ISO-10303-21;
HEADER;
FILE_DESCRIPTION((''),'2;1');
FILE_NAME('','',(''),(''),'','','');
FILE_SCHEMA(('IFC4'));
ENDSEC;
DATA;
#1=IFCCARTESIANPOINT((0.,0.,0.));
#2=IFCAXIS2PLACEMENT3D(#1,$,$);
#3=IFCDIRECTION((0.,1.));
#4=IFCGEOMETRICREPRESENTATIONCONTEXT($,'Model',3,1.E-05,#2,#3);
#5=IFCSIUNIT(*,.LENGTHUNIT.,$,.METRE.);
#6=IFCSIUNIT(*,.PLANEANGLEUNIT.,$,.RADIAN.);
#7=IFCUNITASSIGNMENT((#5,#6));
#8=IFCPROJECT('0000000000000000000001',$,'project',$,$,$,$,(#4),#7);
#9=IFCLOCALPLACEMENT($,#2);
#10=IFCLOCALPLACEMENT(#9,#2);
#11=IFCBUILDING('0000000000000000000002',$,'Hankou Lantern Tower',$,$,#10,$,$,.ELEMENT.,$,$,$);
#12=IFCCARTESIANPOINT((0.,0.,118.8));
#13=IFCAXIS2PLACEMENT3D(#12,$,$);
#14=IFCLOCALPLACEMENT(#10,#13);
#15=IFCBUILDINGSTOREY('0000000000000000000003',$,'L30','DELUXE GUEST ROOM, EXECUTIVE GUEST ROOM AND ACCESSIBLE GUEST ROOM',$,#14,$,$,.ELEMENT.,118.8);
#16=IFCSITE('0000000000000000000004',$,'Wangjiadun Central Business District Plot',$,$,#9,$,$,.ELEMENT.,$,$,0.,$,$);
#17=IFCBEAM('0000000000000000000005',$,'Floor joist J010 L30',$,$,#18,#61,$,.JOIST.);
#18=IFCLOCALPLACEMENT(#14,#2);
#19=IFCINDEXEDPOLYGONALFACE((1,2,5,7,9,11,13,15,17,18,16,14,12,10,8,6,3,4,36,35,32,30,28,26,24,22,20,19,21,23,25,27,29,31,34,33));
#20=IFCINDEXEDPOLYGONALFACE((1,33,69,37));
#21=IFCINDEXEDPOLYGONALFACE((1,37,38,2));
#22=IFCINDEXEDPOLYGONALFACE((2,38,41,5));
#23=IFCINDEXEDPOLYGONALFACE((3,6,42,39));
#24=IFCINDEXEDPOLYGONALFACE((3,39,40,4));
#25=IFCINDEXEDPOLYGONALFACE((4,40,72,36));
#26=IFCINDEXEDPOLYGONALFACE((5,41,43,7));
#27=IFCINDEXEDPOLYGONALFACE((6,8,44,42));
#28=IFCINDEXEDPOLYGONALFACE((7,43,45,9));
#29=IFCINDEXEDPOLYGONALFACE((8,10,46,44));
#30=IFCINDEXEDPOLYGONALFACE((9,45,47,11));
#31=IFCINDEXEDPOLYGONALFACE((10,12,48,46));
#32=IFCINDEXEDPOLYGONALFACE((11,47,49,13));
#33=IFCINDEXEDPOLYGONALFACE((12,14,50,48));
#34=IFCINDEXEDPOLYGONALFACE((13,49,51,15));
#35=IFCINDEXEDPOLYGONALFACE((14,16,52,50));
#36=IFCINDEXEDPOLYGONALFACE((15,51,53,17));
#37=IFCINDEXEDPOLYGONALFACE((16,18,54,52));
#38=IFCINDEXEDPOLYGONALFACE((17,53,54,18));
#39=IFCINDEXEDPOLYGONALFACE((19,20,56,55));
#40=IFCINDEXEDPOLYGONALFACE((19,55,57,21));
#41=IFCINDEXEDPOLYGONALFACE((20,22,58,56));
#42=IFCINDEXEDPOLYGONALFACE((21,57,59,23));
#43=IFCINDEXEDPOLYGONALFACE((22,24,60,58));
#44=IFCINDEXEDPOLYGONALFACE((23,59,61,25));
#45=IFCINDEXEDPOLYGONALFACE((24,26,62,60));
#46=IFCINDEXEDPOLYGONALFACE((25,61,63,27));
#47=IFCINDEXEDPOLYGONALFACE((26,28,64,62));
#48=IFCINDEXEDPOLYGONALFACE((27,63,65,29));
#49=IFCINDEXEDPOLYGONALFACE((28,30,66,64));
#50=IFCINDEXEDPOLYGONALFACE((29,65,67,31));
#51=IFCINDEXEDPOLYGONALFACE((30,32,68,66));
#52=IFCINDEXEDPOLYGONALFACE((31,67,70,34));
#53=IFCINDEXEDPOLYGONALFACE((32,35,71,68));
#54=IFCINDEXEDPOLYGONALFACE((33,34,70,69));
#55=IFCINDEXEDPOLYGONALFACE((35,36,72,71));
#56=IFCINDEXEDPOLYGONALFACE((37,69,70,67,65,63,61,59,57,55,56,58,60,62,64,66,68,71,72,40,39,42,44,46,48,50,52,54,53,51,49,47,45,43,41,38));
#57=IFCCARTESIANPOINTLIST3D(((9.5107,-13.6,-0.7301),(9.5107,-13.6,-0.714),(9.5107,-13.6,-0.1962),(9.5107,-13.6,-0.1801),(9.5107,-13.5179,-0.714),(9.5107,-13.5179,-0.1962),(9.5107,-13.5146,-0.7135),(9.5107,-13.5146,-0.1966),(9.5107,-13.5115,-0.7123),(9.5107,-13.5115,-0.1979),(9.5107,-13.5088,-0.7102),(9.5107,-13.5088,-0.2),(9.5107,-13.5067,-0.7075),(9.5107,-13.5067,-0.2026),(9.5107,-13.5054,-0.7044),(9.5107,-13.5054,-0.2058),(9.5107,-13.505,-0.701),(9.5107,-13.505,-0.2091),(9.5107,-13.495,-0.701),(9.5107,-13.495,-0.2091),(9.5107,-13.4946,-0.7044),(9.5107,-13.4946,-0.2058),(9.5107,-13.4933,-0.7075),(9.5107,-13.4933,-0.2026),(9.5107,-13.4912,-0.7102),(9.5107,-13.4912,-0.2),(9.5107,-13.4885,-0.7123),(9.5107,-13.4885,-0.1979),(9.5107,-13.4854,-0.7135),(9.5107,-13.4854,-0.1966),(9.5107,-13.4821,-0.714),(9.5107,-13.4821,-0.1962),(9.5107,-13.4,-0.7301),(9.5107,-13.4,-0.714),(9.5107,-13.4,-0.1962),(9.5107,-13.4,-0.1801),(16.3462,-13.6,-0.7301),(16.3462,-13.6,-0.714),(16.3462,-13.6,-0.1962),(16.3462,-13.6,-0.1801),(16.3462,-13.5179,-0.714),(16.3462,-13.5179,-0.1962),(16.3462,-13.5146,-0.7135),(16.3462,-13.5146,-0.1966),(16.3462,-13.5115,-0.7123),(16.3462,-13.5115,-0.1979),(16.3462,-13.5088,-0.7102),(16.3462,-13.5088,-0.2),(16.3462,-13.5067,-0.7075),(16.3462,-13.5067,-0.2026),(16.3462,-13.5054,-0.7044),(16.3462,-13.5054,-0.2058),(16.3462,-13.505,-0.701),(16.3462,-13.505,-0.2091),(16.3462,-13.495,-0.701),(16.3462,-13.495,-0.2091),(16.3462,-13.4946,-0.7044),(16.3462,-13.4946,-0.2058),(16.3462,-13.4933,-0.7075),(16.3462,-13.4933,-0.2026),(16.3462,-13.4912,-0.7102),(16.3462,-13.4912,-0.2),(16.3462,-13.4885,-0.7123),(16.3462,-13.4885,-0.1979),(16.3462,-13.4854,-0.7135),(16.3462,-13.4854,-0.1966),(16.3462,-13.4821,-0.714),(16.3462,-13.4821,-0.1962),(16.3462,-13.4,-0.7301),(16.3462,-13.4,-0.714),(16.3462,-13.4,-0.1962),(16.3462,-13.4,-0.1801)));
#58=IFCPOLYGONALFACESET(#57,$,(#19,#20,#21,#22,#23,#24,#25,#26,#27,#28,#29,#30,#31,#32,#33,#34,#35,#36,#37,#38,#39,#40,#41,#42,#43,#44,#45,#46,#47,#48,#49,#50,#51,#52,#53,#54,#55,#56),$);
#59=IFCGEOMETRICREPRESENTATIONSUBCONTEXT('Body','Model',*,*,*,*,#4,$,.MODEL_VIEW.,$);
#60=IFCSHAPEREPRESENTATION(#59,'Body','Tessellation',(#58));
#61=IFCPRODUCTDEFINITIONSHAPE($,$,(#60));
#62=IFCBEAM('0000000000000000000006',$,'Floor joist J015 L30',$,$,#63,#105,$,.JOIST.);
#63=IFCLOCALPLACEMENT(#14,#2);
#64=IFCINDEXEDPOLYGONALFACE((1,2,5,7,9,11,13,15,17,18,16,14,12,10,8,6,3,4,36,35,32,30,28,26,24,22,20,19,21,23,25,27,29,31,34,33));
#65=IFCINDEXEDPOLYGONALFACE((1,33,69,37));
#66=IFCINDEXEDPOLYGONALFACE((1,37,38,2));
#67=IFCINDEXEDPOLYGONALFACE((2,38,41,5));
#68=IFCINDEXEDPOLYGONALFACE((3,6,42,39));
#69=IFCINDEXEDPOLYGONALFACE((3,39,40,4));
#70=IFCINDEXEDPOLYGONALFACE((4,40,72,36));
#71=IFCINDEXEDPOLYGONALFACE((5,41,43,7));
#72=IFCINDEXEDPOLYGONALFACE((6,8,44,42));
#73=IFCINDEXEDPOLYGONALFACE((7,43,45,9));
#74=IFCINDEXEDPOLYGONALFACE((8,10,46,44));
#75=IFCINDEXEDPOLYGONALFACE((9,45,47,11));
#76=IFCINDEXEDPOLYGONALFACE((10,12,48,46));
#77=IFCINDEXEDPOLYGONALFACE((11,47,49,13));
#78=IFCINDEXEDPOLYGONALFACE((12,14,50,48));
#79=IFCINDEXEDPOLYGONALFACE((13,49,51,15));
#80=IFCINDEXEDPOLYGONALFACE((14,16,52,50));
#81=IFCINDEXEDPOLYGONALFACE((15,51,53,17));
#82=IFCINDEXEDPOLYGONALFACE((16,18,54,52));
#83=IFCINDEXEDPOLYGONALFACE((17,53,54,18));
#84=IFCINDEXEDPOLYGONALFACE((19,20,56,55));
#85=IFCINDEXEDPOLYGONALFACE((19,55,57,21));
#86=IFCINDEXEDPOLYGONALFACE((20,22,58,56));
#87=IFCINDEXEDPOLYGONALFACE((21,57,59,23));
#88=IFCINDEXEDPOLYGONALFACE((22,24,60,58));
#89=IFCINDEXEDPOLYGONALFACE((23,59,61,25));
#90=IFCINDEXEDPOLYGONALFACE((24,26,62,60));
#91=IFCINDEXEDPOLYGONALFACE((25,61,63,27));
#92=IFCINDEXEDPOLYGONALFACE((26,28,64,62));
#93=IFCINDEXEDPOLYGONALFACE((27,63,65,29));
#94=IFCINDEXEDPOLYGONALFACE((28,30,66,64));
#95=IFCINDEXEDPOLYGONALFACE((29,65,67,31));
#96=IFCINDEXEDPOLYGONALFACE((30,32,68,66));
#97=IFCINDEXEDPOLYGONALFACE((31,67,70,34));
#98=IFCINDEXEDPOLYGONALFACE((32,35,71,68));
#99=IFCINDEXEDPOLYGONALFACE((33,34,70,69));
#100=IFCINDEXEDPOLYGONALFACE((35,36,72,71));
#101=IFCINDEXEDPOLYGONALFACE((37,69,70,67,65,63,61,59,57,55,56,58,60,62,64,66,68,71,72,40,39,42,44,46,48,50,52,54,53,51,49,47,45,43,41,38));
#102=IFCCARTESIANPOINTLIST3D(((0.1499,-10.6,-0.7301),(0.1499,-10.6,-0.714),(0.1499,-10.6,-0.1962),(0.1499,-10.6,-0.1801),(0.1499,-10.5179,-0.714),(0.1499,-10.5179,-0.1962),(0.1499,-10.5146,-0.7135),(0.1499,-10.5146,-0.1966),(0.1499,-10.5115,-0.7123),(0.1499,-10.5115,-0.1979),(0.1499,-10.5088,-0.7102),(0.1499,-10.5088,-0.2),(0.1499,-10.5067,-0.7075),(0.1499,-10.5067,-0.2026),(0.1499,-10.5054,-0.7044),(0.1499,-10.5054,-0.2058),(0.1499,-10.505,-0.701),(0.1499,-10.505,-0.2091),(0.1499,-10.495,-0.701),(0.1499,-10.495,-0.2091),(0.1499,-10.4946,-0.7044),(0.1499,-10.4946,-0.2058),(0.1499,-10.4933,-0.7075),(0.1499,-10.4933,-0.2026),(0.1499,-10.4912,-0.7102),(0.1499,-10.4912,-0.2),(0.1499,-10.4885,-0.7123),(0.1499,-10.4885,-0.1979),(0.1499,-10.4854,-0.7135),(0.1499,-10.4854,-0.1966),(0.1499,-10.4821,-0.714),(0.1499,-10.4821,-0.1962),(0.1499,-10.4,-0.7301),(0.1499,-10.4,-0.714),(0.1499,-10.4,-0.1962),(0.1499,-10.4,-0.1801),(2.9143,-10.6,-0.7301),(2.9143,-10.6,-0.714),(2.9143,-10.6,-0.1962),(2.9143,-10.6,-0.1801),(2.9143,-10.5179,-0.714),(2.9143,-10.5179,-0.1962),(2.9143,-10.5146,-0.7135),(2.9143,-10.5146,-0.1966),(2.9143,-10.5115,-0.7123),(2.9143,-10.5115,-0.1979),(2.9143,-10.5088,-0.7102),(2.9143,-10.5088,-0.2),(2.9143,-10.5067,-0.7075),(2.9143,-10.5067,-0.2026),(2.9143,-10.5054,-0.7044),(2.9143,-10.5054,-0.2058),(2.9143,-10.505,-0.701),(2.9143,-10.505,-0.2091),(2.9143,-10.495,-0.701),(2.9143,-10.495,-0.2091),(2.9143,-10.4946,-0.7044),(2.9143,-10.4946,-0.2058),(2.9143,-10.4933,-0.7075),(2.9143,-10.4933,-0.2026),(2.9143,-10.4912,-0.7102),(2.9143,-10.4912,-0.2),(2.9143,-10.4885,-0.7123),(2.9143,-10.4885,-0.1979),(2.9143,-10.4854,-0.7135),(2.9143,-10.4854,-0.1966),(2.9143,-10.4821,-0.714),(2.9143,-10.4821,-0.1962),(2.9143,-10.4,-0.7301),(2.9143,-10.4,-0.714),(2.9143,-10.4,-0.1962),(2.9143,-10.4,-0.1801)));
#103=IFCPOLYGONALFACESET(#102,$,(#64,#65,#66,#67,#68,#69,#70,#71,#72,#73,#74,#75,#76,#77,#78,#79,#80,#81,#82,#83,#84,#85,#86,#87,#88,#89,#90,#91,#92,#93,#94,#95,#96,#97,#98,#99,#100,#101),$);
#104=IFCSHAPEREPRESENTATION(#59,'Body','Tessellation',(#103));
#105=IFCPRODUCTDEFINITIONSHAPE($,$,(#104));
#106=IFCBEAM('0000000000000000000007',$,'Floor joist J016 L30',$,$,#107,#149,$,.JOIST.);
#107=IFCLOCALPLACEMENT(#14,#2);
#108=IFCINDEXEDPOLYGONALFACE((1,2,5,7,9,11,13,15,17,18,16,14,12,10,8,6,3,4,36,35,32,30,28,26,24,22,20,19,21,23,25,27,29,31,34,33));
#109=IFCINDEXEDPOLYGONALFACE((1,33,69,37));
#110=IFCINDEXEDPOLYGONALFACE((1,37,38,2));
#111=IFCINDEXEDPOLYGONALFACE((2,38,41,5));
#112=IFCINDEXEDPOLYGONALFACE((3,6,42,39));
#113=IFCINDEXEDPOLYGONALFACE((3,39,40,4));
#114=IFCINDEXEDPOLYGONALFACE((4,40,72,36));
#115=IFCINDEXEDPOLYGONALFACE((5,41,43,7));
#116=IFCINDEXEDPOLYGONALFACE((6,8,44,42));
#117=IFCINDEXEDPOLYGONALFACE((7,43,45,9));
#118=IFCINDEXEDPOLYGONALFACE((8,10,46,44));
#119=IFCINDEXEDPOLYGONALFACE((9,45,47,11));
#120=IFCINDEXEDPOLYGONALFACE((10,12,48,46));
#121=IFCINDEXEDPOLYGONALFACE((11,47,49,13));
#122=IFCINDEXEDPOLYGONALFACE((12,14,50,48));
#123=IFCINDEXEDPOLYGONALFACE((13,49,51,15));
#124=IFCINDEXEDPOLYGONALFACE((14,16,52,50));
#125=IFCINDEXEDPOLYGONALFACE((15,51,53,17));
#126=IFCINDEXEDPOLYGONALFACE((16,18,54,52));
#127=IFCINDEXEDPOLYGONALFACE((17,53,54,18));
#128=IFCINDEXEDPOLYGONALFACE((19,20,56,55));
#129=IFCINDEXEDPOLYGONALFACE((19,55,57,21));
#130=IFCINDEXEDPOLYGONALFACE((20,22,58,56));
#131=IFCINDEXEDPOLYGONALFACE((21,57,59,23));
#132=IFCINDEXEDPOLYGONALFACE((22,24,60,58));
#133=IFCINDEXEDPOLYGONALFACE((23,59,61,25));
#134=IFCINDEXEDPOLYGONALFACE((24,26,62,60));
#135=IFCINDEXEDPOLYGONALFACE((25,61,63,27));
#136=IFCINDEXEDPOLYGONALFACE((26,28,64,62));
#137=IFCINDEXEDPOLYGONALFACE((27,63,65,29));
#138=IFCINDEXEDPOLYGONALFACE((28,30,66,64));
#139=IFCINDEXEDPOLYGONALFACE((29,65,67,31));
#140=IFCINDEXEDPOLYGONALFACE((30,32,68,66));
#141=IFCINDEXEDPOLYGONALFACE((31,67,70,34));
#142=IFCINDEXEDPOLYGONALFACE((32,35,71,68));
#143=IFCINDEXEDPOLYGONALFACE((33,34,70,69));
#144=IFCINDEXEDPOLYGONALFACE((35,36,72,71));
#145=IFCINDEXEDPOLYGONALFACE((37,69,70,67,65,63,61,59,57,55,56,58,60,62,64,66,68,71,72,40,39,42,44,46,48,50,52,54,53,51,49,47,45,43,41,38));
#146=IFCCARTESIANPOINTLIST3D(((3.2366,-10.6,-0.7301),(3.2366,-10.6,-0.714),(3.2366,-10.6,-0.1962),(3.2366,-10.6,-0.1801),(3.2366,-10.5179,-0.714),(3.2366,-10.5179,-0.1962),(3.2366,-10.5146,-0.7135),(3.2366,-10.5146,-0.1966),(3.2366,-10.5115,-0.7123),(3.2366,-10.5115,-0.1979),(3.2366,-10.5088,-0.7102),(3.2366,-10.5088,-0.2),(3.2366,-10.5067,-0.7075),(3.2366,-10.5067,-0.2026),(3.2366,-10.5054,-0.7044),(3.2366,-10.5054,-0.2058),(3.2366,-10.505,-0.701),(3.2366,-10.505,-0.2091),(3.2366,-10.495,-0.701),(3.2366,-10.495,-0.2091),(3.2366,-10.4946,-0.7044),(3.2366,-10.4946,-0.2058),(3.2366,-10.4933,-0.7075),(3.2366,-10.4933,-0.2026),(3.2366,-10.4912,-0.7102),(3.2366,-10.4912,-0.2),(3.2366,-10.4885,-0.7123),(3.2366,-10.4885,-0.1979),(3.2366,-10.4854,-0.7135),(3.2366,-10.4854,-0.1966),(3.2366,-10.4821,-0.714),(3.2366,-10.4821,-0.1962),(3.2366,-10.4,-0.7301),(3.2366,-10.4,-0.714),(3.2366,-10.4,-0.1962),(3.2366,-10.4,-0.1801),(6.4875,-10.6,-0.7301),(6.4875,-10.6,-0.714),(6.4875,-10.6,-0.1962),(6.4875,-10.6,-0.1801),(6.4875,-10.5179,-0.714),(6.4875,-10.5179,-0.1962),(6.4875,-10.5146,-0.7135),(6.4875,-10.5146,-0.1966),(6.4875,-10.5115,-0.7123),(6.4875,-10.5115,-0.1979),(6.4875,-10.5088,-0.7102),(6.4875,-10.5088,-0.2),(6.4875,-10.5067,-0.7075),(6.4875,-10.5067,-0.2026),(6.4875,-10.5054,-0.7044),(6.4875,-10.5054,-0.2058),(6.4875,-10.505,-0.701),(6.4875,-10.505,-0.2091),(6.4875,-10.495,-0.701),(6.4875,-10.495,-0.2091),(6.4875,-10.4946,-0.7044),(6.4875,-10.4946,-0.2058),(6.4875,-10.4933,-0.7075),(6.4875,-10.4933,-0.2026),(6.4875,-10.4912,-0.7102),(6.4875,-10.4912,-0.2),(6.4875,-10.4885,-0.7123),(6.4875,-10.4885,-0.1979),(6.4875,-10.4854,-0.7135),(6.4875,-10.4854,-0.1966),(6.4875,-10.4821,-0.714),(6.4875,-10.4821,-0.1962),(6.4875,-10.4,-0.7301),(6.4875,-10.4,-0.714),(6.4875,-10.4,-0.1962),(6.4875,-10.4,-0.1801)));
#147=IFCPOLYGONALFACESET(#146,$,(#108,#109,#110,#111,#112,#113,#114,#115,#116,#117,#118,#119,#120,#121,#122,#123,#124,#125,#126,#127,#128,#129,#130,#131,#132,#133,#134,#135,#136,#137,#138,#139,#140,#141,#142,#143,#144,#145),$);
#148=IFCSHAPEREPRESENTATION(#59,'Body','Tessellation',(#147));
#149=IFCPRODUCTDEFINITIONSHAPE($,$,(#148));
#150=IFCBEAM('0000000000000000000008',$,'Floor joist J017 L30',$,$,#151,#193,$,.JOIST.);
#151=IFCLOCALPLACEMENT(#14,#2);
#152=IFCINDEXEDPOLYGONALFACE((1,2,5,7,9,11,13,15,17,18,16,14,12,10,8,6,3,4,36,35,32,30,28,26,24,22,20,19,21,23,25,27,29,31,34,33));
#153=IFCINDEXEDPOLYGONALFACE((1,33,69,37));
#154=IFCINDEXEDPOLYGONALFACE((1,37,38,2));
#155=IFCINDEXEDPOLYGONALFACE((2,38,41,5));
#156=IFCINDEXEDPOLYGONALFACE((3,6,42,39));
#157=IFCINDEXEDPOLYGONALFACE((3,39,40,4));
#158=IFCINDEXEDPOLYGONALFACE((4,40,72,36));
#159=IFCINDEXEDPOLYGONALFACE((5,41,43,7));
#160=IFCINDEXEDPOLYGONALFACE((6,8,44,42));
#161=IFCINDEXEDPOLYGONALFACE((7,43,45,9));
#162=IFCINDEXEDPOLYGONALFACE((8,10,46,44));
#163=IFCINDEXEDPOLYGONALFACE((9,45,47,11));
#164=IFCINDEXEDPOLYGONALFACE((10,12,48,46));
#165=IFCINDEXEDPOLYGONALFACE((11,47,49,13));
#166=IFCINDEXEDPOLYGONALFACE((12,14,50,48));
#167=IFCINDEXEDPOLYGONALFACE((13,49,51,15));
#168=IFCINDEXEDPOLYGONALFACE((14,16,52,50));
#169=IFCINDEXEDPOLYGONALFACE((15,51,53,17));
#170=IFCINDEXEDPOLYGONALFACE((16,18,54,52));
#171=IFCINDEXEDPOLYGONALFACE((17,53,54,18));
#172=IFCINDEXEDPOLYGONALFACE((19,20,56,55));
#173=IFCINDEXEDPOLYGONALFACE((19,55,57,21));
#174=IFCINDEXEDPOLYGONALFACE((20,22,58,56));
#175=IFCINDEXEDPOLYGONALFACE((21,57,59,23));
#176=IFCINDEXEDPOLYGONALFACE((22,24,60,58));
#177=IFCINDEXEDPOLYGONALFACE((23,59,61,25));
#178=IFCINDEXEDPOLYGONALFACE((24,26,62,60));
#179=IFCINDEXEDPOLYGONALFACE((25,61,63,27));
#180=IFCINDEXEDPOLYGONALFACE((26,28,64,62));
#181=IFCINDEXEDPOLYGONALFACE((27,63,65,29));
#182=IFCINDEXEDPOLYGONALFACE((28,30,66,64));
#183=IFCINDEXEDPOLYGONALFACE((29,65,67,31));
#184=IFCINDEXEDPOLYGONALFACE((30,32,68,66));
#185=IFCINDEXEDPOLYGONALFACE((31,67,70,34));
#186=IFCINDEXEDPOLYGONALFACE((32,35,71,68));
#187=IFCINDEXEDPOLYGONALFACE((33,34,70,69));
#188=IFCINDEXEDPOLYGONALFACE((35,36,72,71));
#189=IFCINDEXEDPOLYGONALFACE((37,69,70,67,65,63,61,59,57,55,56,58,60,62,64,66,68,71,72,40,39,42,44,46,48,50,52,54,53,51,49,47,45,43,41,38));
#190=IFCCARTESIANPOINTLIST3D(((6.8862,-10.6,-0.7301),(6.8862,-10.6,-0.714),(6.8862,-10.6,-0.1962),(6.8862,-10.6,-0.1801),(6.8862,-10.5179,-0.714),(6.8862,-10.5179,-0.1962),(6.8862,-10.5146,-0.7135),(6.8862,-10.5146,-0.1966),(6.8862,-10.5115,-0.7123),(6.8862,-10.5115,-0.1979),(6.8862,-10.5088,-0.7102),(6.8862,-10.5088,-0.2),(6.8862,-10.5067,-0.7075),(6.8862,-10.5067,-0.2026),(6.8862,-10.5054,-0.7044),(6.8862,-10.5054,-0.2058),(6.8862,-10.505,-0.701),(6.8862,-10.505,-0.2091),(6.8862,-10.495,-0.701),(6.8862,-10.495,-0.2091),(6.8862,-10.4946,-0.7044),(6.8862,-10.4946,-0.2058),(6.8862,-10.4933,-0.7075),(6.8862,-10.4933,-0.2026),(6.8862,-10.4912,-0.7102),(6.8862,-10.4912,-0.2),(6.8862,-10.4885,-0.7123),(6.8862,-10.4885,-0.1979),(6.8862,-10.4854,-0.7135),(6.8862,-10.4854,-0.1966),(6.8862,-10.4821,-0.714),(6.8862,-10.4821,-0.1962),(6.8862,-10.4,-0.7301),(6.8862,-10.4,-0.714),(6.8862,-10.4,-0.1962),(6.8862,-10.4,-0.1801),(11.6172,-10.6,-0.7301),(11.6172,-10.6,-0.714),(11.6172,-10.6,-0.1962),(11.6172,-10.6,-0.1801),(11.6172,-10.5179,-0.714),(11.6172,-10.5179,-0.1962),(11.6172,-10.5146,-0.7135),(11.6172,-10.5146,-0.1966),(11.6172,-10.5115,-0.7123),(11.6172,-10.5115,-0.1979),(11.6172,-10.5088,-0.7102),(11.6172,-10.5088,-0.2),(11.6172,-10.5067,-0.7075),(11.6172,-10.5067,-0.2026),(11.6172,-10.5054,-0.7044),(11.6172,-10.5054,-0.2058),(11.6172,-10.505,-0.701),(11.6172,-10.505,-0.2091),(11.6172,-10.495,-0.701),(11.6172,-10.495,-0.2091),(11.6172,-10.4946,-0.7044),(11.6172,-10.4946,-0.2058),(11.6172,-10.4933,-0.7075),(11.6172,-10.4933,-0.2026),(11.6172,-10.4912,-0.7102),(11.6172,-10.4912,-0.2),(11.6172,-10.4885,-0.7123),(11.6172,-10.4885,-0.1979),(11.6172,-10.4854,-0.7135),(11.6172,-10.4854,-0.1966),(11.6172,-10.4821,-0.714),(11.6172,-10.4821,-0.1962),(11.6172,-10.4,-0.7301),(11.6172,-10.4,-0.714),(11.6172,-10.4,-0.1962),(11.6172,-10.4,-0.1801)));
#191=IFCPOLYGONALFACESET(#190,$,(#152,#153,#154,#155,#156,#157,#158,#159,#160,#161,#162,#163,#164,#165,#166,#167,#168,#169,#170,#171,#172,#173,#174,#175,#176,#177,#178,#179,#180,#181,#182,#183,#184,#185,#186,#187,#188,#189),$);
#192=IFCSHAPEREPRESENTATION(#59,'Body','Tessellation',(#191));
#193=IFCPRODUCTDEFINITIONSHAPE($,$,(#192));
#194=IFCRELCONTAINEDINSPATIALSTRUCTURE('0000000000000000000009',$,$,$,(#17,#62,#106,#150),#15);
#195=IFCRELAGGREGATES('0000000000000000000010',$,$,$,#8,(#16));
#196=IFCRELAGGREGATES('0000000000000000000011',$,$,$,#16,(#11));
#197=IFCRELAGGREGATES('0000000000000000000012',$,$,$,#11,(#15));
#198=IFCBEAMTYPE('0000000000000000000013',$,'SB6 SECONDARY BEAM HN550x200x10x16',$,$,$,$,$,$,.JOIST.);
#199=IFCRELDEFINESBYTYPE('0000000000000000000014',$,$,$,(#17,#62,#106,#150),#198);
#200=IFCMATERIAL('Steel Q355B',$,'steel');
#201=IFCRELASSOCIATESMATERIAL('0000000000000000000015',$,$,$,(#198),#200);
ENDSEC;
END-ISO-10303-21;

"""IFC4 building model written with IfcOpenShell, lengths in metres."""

from ifc_helpers import new_model, si_unit, direction, frame, origin, origin_2d, place, context, subcontext, project, spatial, i_section, extrude, material, material_profile, profile_set, type_object, element, save


model = new_model("IFC4")

# Units and contexts
model_context = context("Model", 3, precision=1e-05, world=origin(), true_north=direction((0.0, 1.0)))
body_context = subcontext(model_context, "Body", "Model", "MODEL_VIEW")
ifc_project = project(units=[si_unit("LENGTHUNIT", "METRE"), si_unit("PLANEANGLEUNIT", "RADIAN")], contexts=[model_context])

# Site, building, storey
site_placement = place(None, origin())
site = spatial("IfcSite", under=ifc_project, at=site_placement, Name="Wangjiadun Central Business District Plot", CompositionType="ELEMENT", RefElevation=0.0)
building_placement = place(site_placement, origin())
building = spatial("IfcBuilding", under=site, at=building_placement, Name="Hankou Lantern Tower", CompositionType="ELEMENT")
storey_placement = place(building_placement, frame((0.0, 0.0, 118.8)))
storey = spatial("IfcBuildingStorey", under=building, at=storey_placement, Name="L30", Description="DELUXE GUEST ROOM, EXECUTIVE GUEST ROOM AND ACCESSIBLE GUEST ROOM", CompositionType="ELEMENT", Elevation=118.8)

# Beams
ifc_material_1 = material(Name="Steel Q355B", Category="steel")
ifc_material_profile_1 = material_profile(ifc_material_1, i_section(OverallWidth=0.2, OverallDepth=0.55, WebThickness=0.01, FlangeThickness=0.0161, FilletRadius=0.0129, at=origin_2d()), Name="HN550x200x10x16")
ifc_profile_set_1 = profile_set([ifc_material_profile_1], Name="Steel Q355B")
beam_type_1 = type_object("IfcBeamType", Name="SB6 SECONDARY BEAM HN550x200x10x16", PredefinedType="JOIST", material=ifc_profile_set_1)
beam_1_placement = place(storey_placement, frame((9.5107, -13.5, -0.4551), z_axis=(1.0, 0.0, 0.0), x_axis=(0.0, 1.0, 0.0)))
element("IfcBeam", 1, at=beam_1_placement, inside=storey, type_object=beam_type_1, Name="Floor joist J010 L30", PredefinedType="JOIST", context=body_context, shape_type="SweptSolid", body=[
    extrude(i_section(OverallWidth=0.2, OverallDepth=0.55, WebThickness=0.01, FlangeThickness=0.0161, FilletRadius=0.0129, at=origin_2d()), origin(), (0.0, 0.0, 1.0), 6.8354),
])
beam_2_placement = place(storey_placement, frame((0.1499, -10.5, -0.4551), z_axis=(1.0, 0.0, 0.0), x_axis=(0.0, 1.0, 0.0)))
element("IfcBeam", 2, at=beam_2_placement, inside=storey, type_object=beam_type_1, Name="Floor joist J015 L30", PredefinedType="JOIST", context=body_context, shape_type="SweptSolid", body=[
    extrude(i_section(OverallWidth=0.2, OverallDepth=0.55, WebThickness=0.01, FlangeThickness=0.0161, FilletRadius=0.0129, at=origin_2d()), origin(), (0.0, 0.0, 1.0), 2.7644),
])
beam_3_placement = place(storey_placement, frame((3.2366, -10.5, -0.4551), z_axis=(1.0, 0.0, 0.0), x_axis=(0.0, 1.0, 0.0)))
element("IfcBeam", 3, at=beam_3_placement, inside=storey, type_object=beam_type_1, Name="Floor joist J016 L30", PredefinedType="JOIST", context=body_context, shape_type="SweptSolid", body=[
    extrude(i_section(OverallWidth=0.2, OverallDepth=0.55, WebThickness=0.01, FlangeThickness=0.0161, FilletRadius=0.0129, at=origin_2d()), origin(), (0.0, 0.0, 1.0), 3.251),
])
beam_4_placement = place(storey_placement, frame((6.8862, -10.5, -0.4551), z_axis=(1.0, 0.0, 0.0), x_axis=(0.0, 1.0, 0.0)))
element("IfcBeam", 4, at=beam_4_placement, inside=storey, type_object=beam_type_1, Name="Floor joist J017 L30", PredefinedType="JOIST", context=body_context, shape_type="SweptSolid", body=[
    extrude(i_section(OverallWidth=0.2, OverallDepth=0.55, WebThickness=0.01, FlangeThickness=0.0161, FilletRadius=0.0129, at=origin_2d()), origin(), (0.0, 0.0, 1.0), 4.731),
])

save(model, "model.ifc")
